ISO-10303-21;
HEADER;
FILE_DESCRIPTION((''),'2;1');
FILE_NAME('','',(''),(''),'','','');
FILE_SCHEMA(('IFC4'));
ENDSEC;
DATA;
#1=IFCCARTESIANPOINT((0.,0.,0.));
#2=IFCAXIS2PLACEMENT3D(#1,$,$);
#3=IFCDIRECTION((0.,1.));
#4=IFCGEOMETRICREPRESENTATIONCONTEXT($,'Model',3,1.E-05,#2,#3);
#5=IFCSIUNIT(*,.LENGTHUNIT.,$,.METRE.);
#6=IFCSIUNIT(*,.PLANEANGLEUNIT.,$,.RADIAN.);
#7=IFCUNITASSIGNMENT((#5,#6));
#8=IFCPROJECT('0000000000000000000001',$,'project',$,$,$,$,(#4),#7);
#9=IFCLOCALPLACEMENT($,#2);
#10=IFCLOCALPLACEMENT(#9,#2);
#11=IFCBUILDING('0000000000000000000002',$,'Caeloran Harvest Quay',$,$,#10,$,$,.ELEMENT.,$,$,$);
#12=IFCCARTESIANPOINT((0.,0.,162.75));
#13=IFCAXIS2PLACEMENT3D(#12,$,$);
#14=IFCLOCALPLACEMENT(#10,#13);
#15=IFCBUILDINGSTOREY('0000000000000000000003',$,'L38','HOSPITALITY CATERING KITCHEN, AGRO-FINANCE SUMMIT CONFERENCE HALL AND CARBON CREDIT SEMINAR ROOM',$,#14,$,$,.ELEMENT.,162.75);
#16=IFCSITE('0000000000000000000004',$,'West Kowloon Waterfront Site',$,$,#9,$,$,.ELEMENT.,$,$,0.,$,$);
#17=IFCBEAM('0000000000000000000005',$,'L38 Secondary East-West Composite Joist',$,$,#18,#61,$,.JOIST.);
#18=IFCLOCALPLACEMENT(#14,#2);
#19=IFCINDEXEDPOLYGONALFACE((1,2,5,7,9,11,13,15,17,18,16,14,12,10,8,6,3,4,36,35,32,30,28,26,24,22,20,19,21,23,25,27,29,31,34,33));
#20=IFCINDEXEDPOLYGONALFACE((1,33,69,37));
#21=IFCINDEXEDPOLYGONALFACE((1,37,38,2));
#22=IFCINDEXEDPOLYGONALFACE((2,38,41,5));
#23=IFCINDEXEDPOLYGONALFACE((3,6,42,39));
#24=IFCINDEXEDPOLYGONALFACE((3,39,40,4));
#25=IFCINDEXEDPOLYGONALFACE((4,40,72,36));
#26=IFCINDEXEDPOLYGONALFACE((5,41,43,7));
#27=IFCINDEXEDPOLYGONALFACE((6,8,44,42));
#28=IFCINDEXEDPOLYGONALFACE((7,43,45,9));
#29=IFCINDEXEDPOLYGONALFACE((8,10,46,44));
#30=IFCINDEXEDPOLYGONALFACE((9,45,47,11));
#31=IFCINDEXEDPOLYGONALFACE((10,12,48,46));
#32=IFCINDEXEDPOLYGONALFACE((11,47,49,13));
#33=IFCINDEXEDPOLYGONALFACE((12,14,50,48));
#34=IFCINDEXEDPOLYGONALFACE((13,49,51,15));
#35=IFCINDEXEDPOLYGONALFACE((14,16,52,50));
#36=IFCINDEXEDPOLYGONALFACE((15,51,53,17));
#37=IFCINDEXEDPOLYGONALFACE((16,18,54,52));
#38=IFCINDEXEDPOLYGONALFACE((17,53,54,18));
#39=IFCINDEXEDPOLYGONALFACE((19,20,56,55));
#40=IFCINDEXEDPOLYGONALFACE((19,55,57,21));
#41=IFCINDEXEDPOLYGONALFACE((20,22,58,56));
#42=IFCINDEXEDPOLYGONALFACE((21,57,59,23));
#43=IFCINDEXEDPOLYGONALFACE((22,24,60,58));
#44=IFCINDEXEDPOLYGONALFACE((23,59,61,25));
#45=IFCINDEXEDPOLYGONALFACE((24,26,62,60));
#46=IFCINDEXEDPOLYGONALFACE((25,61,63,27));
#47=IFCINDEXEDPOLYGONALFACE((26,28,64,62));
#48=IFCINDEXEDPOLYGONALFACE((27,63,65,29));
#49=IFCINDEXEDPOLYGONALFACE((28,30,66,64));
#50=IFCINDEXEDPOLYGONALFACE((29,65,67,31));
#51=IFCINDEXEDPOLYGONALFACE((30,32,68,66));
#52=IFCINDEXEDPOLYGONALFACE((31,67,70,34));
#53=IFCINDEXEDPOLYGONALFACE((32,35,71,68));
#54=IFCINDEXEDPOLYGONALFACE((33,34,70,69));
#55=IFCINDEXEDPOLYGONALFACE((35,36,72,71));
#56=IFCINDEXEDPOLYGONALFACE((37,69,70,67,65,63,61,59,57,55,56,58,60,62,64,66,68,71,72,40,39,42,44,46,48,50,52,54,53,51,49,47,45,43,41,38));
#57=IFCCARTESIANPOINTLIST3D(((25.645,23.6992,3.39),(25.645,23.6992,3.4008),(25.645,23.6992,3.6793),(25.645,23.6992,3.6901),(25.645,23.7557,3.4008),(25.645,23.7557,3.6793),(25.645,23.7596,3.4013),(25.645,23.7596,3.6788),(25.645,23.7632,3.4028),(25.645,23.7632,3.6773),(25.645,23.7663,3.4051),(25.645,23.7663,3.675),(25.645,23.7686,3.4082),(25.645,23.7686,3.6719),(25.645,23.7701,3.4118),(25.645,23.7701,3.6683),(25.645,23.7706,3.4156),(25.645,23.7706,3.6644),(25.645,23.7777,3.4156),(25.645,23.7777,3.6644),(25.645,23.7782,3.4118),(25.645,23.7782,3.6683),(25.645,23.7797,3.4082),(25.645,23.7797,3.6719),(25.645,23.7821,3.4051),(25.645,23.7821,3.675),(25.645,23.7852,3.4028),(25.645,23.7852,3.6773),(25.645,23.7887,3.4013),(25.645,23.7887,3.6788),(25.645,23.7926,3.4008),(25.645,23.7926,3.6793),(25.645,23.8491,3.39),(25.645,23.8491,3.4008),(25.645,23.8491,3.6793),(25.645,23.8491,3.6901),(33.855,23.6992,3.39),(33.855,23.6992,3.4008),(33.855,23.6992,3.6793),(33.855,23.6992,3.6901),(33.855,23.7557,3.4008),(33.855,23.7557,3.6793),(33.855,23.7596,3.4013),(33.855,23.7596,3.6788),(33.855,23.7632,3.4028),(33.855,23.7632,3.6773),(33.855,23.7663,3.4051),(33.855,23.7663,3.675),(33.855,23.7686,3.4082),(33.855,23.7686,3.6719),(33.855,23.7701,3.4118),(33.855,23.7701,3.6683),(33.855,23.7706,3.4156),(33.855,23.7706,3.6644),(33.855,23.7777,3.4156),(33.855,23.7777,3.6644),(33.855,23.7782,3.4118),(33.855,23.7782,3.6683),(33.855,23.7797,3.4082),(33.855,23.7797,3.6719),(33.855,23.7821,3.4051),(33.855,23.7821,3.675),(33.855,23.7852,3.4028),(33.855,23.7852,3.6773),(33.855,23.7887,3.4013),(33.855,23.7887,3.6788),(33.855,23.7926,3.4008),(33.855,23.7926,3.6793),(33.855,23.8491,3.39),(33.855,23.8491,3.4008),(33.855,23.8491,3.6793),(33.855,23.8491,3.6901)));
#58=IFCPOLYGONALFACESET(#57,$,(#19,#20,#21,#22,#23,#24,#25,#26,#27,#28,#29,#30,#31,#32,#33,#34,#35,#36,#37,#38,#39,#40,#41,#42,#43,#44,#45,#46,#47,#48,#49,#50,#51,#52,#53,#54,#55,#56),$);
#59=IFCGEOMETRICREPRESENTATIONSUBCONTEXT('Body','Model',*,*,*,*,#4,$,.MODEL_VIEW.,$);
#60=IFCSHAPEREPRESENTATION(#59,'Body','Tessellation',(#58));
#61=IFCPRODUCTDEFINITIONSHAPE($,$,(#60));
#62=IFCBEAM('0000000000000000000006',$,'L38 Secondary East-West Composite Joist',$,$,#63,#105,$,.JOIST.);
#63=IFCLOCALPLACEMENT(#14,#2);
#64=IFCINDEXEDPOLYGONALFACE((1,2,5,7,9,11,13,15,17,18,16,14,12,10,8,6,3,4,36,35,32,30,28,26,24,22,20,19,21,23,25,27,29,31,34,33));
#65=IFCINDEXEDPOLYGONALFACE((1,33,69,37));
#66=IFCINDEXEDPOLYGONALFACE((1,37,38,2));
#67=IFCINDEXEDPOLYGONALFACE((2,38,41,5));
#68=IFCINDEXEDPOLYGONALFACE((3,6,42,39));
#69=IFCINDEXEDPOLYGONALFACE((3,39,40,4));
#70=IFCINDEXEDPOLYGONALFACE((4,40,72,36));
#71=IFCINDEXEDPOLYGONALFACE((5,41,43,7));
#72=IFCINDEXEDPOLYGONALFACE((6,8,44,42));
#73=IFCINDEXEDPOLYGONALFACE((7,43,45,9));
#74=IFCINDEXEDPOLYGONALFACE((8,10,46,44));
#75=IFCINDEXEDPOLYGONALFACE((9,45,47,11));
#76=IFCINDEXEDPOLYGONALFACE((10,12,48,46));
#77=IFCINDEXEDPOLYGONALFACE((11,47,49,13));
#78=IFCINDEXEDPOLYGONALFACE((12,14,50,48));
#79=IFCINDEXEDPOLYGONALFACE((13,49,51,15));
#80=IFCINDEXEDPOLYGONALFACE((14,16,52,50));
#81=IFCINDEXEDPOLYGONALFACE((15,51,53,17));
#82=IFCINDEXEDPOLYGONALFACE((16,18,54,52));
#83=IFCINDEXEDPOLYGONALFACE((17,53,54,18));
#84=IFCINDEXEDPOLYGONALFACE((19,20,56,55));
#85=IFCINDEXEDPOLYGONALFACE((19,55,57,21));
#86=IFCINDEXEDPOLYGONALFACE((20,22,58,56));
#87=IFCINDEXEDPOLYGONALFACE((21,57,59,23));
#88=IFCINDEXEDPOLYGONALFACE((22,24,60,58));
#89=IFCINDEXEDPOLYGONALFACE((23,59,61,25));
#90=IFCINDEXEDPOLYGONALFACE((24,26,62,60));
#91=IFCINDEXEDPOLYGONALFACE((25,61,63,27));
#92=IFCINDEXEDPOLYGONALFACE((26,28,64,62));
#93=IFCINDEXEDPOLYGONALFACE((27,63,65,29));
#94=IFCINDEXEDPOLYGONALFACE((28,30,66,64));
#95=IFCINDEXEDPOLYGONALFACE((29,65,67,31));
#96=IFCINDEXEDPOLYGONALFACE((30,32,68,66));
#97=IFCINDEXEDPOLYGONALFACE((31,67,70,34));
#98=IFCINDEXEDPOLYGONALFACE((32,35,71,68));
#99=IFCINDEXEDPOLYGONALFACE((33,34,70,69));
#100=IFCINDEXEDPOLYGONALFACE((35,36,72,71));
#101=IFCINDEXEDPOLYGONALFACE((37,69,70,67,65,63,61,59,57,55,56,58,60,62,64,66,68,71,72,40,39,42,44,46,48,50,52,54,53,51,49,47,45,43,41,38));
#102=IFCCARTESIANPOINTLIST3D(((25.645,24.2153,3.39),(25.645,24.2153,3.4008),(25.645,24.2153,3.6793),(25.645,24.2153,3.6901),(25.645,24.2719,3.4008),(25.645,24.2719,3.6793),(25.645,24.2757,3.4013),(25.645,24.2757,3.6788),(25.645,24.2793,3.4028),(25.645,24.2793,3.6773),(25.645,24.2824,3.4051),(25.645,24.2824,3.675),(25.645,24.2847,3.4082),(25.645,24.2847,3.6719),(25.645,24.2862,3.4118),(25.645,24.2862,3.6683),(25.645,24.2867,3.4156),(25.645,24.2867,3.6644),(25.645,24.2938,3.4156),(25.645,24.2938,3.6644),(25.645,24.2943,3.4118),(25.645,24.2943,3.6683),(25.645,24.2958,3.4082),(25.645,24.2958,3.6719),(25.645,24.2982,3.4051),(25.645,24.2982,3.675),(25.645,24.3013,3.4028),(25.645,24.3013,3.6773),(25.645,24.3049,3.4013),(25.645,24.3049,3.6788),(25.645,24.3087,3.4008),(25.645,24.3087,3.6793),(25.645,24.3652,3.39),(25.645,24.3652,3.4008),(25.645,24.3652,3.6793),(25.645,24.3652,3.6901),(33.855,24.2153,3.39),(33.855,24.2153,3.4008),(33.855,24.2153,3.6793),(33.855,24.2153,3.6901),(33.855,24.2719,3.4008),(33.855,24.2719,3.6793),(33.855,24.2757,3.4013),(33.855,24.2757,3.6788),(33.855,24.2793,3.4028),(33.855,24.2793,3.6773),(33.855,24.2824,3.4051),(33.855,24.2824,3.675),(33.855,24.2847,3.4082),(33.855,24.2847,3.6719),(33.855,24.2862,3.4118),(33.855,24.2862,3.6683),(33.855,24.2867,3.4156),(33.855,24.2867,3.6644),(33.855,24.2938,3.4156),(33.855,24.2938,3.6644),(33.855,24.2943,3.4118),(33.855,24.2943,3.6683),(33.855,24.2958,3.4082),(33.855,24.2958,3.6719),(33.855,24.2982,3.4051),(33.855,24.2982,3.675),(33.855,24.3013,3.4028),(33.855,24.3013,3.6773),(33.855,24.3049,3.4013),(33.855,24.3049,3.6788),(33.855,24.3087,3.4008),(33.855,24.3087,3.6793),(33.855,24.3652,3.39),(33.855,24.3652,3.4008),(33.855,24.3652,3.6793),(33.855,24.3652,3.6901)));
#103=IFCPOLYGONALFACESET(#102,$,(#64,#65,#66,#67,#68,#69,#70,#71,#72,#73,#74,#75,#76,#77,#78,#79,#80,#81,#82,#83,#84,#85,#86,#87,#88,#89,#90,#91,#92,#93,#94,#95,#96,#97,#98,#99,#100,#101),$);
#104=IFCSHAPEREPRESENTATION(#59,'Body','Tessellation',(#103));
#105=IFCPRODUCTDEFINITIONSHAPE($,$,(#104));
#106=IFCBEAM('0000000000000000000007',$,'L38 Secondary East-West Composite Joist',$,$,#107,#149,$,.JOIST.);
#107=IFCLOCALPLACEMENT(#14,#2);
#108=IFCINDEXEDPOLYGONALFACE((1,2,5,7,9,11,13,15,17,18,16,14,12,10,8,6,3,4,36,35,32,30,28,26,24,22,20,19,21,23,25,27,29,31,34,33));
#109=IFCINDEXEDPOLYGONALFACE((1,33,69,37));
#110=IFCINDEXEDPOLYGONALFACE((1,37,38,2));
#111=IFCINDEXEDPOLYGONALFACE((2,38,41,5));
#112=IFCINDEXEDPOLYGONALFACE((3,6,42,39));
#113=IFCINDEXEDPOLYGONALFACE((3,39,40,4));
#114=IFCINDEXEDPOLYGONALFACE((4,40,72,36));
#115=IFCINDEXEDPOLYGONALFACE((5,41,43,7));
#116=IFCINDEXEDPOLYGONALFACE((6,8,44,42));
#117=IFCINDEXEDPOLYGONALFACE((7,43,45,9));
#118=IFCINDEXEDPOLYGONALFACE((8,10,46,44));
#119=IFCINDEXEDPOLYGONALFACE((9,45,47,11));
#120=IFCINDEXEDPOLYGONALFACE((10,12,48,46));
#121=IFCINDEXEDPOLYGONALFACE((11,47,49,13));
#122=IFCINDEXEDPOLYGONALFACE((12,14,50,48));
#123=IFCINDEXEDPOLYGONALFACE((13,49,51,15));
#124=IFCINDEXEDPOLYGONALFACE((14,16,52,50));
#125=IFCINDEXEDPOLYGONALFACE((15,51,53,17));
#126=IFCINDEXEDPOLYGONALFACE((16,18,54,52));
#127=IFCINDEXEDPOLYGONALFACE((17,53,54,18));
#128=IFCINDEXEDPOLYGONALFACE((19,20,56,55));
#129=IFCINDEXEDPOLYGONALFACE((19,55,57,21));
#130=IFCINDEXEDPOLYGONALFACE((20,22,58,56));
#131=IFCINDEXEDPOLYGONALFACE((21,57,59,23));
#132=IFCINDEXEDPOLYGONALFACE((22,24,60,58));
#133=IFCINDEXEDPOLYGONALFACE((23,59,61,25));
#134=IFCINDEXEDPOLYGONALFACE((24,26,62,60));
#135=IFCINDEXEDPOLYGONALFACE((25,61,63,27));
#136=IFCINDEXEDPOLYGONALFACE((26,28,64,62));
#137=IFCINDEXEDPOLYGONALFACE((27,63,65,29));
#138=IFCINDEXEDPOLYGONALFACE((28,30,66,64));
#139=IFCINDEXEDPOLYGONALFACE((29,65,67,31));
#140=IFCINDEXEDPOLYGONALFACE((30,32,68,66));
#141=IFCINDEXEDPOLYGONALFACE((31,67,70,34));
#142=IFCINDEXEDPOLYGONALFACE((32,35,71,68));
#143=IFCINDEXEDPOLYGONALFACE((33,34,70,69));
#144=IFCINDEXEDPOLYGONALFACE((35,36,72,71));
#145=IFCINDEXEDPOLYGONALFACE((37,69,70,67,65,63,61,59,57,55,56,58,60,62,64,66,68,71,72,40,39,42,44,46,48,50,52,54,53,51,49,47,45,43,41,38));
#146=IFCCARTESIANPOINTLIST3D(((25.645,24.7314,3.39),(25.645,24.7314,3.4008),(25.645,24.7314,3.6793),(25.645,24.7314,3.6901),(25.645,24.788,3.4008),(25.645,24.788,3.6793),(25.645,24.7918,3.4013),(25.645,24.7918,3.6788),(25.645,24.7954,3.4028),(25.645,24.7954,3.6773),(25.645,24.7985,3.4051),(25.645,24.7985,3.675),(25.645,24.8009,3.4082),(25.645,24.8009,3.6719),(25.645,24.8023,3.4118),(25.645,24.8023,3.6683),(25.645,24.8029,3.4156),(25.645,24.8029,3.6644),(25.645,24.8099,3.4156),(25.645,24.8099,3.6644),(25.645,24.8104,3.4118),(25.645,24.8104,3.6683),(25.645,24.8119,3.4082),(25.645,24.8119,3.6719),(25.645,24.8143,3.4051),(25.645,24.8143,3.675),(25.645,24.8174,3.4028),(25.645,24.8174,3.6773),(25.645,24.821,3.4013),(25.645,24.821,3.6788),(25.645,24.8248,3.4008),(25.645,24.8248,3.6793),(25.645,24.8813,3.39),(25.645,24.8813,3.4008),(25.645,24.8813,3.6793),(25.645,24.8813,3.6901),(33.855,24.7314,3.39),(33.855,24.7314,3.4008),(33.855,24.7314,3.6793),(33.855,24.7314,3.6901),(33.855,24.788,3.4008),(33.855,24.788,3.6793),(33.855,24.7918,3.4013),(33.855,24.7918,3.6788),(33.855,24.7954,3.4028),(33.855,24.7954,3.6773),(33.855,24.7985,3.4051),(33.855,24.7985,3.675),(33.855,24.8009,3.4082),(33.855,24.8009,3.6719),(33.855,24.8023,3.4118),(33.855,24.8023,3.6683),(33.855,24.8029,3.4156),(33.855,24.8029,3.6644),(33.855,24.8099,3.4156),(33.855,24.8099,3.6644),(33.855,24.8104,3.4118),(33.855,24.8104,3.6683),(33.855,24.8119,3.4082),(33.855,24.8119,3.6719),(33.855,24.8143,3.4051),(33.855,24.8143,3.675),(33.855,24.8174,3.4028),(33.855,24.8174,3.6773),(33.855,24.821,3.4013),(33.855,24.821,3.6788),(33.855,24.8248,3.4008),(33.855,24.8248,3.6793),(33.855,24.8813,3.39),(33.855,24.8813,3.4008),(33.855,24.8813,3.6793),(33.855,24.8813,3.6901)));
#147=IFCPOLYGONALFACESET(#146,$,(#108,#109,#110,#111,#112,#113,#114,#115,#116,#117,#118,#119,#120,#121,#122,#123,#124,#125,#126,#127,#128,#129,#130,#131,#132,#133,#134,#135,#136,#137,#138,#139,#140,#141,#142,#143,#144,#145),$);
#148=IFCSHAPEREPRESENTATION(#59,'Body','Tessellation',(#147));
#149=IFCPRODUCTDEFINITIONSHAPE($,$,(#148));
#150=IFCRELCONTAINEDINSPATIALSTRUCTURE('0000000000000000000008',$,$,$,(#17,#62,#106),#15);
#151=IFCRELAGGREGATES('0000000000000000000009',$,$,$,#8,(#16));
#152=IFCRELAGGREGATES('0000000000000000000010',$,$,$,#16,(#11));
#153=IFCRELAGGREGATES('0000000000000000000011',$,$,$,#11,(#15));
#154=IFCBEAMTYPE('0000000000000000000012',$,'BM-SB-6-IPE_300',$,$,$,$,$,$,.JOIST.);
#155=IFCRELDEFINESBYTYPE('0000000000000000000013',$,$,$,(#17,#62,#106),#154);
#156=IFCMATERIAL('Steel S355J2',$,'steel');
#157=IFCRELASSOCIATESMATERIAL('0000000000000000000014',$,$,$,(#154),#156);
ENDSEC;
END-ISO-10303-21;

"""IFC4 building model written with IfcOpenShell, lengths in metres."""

from ifc_helpers import new_model, si_unit, direction, frame, origin, origin_2d, place, context, subcontext, project, spatial, i_section, extrude, material, material_profile, profile_set, type_object, element, save


model = new_model("IFC4")

# Units and contexts
model_context = context("Model", 3, precision=1e-05, world=origin(), true_north=direction((0.0, 1.0)))
body_context = subcontext(model_context, "Body", "Model", "MODEL_VIEW")
ifc_project = project(units=[si_unit("LENGTHUNIT", "METRE"), si_unit("PLANEANGLEUNIT", "RADIAN")], contexts=[model_context])

# Site, building, storey
site_placement = place(None, origin())
site = spatial("IfcSite", under=ifc_project, at=site_placement, Name="West Kowloon Waterfront Site", CompositionType="ELEMENT", RefElevation=0.0)
building_placement = place(site_placement, origin())
building = spatial("IfcBuilding", under=site, at=building_placement, Name="Caeloran Harvest Quay", CompositionType="ELEMENT")
storey_placement = place(building_placement, frame((0.0, 0.0, 162.75)))
storey = spatial("IfcBuildingStorey", under=building, at=storey_placement, Name="L38", Description="HOSPITALITY CATERING KITCHEN, AGRO-FINANCE SUMMIT CONFERENCE HALL AND CARBON CREDIT SEMINAR ROOM", CompositionType="ELEMENT", Elevation=162.75)

# Beams
ifc_material_1 = material(Name="Steel S355J2", Category="steel")
ifc_material_profile_1 = material_profile(ifc_material_1, i_section(OverallWidth=0.1499, OverallDepth=0.3, WebThickness=0.0071, FlangeThickness=0.0107, FilletRadius=0.0149, at=origin_2d()), Name="IPE 300")
ifc_profile_set_1 = profile_set([ifc_material_profile_1], Name="Steel S355J2")
beam_type_1 = type_object("IfcBeamType", Name="BM-SB-6-IPE_300", PredefinedType="JOIST", material=ifc_profile_set_1)
for number, where, z_axis, x_axis, name in (
    (1, (25.645, 23.7742, 3.54), (1.0, 0.0, 0.0), (0.0, 1.0, 0.0), "L38 Secondary East-West Composite Joist"),
    (2, (25.645, 24.2903, 3.54), (1.0, 0.0, 0.0), (0.0, 1.0, 0.0), "L38 Secondary East-West Composite Joist"),
    (3, (25.645, 24.8064, 3.54), (1.0, 0.0, 0.0), (0.0, 1.0, 0.0), "L38 Secondary East-West Composite Joist"),
):
    element("IfcBeam", number, at=place(storey_placement, frame(where, z_axis=z_axis, x_axis=x_axis)), inside=storey, type_object=beam_type_1, Name=name, PredefinedType="JOIST", context=body_context, shape_type="SweptSolid", body=[
        extrude(i_section(OverallWidth=0.1499, OverallDepth=0.3, WebThickness=0.0071, FlangeThickness=0.0107, FilletRadius=0.0149, at=origin_2d()), origin(), (0.0, 0.0, 1.0), 8.21),
    ])

save(model, "model.ifc")
